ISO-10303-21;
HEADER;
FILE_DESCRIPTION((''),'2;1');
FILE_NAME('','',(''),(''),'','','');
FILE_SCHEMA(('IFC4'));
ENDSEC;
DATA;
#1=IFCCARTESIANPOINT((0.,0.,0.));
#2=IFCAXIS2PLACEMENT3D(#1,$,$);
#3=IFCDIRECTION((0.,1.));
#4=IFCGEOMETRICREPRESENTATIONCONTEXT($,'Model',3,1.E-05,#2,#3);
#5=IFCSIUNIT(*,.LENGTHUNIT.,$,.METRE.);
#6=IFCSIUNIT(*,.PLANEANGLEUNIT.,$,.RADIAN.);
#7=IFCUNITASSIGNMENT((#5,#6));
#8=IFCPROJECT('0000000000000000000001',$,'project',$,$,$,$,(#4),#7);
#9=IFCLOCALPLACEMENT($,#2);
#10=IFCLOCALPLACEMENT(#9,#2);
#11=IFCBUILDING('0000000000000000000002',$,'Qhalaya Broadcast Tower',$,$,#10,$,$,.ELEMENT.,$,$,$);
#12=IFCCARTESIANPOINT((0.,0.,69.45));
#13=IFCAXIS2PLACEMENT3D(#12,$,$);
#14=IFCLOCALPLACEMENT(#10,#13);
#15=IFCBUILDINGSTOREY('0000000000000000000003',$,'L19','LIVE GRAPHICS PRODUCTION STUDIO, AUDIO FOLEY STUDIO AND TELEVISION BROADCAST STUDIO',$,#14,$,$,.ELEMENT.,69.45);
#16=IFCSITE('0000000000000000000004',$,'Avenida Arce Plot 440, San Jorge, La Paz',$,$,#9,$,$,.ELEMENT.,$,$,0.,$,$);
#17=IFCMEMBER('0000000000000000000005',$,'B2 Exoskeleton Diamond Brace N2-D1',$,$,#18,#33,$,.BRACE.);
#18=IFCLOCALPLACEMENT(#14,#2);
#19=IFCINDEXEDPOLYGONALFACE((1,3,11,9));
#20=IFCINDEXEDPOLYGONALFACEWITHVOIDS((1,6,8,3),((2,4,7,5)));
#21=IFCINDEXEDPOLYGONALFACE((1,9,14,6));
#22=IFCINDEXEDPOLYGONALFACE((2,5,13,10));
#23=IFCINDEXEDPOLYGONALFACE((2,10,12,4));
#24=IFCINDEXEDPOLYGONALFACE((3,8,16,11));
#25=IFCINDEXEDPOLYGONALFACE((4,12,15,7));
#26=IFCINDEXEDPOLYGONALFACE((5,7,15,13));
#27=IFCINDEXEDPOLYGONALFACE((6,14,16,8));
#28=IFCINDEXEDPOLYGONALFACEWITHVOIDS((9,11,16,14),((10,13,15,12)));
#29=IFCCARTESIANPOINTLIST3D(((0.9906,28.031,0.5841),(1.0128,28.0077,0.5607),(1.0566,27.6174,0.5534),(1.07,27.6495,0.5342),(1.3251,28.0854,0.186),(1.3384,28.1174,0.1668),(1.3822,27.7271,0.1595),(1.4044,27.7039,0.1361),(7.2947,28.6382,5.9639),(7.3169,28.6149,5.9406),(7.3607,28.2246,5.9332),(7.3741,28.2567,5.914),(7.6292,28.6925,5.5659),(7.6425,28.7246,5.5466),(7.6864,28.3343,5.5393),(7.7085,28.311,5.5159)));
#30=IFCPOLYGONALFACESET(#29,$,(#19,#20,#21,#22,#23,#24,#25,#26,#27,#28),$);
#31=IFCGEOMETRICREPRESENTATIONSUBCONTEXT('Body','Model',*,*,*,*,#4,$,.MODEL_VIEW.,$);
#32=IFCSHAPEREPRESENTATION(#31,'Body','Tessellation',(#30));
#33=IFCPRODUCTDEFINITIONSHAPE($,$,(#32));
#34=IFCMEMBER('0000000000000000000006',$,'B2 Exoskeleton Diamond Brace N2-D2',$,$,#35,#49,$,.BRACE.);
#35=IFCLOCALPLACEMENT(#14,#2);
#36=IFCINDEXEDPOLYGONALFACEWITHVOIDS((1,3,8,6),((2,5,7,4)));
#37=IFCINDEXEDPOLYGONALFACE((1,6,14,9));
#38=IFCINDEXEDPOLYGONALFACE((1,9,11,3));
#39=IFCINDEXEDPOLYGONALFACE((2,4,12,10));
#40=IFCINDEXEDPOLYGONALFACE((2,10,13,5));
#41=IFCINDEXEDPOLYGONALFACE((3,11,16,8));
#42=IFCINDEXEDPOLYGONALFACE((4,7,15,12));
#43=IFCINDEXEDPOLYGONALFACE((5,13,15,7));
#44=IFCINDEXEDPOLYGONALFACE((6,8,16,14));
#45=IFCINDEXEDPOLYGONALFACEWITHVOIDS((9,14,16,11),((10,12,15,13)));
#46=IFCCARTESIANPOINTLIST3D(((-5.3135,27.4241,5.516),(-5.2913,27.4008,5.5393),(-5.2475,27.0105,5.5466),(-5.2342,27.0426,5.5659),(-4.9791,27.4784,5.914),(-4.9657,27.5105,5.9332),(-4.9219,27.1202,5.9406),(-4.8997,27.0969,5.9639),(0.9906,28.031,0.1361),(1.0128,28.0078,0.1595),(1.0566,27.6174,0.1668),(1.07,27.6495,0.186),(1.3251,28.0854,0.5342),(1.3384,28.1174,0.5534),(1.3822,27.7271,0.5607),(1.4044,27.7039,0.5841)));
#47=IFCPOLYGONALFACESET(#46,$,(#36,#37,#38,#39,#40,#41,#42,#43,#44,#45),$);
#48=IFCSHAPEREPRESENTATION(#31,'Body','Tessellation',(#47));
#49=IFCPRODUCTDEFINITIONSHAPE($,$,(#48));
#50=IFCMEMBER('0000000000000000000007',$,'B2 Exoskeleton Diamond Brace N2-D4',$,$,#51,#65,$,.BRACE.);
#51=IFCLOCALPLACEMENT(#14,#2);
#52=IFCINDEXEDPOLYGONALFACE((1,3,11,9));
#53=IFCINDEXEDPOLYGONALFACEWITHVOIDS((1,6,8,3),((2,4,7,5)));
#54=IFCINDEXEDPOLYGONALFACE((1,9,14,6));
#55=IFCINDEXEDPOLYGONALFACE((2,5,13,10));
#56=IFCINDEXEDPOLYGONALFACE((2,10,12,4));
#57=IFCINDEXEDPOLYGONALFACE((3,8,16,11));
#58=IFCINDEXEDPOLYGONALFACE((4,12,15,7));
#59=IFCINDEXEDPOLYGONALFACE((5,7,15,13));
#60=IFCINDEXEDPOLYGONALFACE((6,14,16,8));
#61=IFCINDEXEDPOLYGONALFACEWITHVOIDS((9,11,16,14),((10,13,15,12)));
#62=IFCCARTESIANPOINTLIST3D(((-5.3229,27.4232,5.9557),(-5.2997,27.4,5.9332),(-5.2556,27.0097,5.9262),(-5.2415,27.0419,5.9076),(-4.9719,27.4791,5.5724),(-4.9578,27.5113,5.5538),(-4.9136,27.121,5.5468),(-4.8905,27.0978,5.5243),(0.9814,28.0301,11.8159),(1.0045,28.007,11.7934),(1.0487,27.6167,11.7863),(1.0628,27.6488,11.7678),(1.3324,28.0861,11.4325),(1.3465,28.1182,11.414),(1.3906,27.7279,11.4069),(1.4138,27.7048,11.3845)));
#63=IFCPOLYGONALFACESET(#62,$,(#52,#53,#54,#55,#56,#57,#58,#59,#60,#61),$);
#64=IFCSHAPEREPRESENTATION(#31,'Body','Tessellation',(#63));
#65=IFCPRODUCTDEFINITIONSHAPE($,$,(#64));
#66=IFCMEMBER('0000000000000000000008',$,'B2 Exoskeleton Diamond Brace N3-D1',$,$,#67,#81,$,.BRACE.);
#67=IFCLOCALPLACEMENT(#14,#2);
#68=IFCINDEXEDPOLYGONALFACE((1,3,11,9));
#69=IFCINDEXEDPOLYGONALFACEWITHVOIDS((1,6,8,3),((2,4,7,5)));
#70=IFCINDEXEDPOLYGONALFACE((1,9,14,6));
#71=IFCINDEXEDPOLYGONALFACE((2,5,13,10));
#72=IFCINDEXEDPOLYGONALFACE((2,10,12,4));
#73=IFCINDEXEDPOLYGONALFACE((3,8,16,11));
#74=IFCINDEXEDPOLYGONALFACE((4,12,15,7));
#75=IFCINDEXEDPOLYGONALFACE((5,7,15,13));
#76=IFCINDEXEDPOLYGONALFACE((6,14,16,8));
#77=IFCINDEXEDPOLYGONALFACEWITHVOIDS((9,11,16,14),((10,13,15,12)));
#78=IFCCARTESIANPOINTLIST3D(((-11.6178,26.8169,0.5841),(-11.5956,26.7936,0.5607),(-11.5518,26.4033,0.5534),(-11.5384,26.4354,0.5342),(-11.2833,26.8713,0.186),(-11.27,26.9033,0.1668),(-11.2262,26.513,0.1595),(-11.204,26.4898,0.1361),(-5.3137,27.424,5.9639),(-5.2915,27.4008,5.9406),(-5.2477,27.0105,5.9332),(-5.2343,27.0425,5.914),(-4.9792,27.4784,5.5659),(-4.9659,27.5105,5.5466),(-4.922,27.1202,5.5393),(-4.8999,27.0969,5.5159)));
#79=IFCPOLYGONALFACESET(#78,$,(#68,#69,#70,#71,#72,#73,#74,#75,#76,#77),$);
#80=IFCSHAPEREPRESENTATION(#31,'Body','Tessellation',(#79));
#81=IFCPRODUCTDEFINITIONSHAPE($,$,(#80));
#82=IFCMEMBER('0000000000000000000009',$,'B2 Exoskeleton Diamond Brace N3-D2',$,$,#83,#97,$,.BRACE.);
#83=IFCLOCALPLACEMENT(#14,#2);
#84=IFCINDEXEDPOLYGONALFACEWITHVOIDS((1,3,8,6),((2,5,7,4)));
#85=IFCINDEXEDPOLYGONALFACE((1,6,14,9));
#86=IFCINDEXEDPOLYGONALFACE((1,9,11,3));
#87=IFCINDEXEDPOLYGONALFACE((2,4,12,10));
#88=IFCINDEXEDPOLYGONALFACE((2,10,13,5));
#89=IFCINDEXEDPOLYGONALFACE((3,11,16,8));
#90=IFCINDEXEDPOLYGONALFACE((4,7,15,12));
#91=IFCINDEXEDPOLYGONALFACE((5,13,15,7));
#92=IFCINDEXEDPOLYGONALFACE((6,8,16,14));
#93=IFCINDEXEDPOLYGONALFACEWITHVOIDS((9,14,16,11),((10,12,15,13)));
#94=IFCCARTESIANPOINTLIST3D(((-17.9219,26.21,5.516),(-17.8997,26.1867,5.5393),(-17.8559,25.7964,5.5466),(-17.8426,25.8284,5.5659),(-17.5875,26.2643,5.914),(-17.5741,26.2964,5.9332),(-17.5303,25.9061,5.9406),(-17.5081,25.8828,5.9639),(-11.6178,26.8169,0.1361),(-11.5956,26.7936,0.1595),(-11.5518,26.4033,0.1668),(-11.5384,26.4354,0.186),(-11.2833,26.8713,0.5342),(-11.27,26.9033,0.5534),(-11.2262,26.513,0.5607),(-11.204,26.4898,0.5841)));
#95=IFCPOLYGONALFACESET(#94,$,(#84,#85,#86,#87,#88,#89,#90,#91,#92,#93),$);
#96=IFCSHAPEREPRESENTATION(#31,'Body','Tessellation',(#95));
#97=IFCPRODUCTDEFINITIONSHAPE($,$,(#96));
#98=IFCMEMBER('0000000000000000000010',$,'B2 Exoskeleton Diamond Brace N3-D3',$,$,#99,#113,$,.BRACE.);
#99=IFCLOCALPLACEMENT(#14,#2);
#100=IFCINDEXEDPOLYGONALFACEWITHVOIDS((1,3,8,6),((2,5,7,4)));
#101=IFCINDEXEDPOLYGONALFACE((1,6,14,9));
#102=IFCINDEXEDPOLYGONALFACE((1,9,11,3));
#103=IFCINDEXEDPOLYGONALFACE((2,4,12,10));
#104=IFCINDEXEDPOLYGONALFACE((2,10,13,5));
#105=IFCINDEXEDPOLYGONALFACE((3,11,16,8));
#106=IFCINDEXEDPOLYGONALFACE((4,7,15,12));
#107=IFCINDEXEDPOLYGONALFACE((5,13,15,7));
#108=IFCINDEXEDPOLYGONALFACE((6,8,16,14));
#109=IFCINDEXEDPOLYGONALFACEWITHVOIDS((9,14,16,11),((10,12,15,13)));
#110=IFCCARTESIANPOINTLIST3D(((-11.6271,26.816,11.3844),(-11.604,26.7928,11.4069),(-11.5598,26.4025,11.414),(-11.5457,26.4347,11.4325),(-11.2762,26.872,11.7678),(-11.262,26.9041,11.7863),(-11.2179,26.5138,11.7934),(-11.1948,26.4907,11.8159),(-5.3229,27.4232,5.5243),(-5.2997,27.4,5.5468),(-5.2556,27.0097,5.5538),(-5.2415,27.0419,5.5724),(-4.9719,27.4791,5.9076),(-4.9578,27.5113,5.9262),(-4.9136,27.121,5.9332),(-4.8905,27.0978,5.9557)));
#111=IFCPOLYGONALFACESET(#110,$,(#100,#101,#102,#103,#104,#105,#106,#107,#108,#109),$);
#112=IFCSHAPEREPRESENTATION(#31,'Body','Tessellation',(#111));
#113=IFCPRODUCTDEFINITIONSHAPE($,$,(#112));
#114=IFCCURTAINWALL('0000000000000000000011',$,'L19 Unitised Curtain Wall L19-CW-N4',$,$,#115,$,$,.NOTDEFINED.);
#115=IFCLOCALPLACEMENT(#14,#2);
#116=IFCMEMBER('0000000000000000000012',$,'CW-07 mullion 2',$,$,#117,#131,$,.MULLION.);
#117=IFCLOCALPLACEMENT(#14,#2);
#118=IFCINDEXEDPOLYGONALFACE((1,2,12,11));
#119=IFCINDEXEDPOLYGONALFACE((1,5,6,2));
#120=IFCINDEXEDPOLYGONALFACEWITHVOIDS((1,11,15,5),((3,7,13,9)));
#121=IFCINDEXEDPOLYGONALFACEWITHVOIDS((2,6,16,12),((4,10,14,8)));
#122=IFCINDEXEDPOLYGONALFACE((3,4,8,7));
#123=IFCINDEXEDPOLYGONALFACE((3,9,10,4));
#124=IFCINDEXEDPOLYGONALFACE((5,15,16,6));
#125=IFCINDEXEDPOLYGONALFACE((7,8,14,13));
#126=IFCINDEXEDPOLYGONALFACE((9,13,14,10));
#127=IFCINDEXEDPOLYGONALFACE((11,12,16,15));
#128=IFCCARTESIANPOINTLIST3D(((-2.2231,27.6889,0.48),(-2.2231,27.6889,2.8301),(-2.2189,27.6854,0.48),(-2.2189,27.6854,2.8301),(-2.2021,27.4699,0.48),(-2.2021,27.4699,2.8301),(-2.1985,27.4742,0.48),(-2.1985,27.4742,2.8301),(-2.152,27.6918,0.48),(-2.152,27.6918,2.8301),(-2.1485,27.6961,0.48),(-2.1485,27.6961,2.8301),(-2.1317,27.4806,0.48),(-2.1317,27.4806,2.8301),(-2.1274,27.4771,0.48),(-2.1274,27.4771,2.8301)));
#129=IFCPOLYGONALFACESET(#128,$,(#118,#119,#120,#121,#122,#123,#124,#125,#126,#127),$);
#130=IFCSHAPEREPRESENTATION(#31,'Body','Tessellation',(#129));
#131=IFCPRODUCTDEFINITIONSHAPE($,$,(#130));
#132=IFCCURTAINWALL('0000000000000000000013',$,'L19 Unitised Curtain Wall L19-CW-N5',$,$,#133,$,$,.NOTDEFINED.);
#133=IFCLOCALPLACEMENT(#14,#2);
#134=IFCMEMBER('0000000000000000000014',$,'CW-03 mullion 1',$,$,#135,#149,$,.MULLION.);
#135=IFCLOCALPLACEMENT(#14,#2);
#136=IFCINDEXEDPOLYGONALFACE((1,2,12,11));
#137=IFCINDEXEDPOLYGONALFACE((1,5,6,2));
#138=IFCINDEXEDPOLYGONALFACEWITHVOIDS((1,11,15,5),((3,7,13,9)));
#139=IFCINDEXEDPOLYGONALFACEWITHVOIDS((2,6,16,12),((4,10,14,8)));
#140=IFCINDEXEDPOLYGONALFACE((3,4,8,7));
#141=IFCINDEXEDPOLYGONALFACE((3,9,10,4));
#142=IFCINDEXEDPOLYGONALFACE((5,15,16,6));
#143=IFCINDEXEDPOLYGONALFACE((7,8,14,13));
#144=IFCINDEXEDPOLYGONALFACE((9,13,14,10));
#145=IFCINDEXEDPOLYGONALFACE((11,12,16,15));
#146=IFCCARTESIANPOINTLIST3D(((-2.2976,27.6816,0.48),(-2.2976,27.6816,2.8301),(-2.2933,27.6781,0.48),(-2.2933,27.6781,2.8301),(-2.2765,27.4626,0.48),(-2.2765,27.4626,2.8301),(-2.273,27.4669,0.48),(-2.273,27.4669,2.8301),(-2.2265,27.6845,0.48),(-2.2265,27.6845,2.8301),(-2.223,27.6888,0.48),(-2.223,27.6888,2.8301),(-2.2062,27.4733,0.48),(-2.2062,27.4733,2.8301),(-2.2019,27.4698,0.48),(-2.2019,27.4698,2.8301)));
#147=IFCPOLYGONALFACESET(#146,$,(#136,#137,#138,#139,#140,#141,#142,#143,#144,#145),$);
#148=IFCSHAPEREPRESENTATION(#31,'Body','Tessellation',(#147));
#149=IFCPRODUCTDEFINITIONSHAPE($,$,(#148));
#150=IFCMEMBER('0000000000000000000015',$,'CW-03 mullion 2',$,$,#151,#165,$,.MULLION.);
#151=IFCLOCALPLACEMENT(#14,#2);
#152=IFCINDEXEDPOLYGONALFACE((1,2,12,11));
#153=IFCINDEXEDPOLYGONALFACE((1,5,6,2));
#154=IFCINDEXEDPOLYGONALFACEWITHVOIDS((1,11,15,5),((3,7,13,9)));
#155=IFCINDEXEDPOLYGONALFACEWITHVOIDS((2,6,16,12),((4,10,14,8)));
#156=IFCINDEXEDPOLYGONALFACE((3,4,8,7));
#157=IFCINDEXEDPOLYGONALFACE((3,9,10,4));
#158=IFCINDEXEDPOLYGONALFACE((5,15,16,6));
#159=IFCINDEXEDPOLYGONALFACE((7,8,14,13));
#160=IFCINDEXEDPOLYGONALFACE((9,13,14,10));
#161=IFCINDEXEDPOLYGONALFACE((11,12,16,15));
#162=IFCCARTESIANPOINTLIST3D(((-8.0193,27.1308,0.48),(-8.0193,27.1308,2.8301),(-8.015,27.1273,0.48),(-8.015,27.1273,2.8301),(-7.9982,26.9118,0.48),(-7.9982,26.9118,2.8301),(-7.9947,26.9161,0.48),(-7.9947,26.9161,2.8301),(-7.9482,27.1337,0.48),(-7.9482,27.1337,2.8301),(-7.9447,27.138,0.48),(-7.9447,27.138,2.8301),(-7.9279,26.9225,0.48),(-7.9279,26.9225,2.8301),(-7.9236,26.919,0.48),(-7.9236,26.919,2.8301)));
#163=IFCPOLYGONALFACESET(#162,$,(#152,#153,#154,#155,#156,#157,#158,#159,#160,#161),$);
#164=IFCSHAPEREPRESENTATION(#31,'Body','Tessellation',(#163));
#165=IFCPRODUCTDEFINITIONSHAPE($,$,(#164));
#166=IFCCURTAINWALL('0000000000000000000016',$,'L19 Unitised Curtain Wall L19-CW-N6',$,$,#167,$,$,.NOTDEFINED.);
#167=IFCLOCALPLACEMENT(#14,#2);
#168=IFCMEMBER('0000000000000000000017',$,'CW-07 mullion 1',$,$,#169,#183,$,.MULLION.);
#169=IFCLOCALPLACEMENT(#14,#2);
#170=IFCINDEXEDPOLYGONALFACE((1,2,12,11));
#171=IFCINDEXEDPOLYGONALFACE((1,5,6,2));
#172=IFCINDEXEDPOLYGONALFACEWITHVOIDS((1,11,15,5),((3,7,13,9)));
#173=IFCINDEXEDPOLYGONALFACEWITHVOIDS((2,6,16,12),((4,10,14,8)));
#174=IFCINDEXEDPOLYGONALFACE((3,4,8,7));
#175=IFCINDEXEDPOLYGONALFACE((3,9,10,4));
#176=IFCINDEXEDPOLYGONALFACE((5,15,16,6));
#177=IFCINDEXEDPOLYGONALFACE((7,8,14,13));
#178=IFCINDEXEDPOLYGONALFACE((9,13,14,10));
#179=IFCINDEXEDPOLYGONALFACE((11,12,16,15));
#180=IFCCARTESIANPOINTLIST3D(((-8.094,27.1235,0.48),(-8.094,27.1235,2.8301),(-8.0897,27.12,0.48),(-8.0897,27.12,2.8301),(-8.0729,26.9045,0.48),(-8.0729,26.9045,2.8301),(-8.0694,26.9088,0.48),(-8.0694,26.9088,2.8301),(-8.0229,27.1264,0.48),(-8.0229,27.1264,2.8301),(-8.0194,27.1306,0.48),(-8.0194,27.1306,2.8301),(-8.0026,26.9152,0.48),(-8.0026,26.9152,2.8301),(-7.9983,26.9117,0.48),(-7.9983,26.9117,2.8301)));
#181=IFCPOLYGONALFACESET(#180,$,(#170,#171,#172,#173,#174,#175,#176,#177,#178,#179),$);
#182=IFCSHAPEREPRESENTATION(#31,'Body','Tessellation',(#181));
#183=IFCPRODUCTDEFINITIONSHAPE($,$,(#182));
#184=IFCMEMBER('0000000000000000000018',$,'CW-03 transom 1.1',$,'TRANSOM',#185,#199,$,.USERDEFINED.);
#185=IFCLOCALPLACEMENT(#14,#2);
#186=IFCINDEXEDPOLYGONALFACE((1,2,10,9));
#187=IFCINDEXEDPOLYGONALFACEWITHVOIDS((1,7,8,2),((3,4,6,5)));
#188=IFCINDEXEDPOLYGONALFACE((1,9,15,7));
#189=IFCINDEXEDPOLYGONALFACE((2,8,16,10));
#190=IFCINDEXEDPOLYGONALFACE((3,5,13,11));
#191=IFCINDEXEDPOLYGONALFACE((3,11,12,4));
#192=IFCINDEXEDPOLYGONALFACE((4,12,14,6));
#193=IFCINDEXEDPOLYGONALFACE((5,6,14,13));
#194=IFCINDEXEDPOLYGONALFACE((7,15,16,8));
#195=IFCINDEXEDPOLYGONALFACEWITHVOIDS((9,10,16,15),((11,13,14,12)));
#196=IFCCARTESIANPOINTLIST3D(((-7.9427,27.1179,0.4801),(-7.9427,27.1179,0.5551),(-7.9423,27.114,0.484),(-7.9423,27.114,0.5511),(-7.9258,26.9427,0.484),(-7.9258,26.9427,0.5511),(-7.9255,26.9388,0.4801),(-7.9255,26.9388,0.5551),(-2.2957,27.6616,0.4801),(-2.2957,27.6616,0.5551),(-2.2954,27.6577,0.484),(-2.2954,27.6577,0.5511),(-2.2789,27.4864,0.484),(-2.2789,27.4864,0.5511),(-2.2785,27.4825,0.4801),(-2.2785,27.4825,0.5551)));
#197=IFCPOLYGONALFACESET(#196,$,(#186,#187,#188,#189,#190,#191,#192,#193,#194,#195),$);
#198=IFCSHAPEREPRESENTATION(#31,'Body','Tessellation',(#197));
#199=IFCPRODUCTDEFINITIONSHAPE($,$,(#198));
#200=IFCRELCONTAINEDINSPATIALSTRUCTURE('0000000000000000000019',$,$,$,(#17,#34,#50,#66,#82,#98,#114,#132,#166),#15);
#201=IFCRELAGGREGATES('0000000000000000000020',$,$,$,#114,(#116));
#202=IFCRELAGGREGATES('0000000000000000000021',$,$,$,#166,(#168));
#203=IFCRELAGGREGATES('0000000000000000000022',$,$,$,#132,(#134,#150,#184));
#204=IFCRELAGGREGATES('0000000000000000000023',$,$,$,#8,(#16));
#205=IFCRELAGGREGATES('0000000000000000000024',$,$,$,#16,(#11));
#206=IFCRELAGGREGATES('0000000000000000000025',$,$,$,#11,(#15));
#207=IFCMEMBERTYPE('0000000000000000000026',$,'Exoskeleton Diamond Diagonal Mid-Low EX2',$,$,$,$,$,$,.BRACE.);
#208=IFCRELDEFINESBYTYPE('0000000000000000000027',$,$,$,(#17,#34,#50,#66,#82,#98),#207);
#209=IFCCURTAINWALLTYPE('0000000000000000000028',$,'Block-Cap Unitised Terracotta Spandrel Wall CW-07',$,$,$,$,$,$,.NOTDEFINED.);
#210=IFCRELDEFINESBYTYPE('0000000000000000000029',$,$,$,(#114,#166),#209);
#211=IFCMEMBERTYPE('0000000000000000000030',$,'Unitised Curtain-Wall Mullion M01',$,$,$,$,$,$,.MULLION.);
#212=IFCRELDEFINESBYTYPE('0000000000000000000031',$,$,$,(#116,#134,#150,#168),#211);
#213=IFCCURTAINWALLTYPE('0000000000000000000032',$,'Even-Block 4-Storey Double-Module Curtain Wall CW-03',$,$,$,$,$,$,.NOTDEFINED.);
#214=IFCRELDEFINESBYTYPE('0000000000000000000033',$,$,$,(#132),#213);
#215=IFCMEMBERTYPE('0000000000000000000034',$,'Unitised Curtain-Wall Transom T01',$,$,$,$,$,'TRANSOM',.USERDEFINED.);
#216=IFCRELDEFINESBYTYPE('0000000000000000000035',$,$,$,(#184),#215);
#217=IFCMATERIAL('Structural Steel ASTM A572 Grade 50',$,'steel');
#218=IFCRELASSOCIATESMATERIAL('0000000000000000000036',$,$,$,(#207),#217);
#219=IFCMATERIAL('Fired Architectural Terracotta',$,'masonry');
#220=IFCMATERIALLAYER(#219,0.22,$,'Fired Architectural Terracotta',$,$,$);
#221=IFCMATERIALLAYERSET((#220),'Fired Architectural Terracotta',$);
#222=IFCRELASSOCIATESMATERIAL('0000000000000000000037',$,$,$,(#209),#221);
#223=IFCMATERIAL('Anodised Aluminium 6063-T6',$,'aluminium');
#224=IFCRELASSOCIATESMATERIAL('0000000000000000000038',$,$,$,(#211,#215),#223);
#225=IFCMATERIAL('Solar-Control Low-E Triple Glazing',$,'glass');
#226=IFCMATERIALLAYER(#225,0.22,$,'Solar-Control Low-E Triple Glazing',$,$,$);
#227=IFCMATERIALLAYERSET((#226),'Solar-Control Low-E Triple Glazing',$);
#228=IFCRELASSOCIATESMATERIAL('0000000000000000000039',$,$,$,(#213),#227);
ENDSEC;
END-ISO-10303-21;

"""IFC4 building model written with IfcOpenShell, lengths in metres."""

from ifc_helpers import new_model, si_unit, direction, frame, origin, origin_2d, place, context, subcontext, project, spatial, hollow_rectangle, extrude, material, layer, layer_set, material_profile, profile_set, type_object, element, aggregate, save


model = new_model("IFC4")

# Units and contexts
model_context = context("Model", 3, precision=1e-05, world=origin(), true_north=direction((0.0, 1.0)))
body_context = subcontext(model_context, "Body", "Model", "MODEL_VIEW")
ifc_project = project(units=[si_unit("LENGTHUNIT", "METRE"), si_unit("PLANEANGLEUNIT", "RADIAN")], contexts=[model_context])

# Site, building, storey
site_placement = place(None, origin())
site = spatial("IfcSite", under=ifc_project, at=site_placement, Name="Avenida Arce Plot 440, San Jorge, La Paz", CompositionType="ELEMENT", RefElevation=0.0)
building_placement = place(site_placement, origin())
building = spatial("IfcBuilding", under=site, at=building_placement, Name="Qhalaya Broadcast Tower", CompositionType="ELEMENT")
storey_placement = place(building_placement, frame((0.0, 0.0, 69.45)))
storey = spatial("IfcBuildingStorey", under=building, at=storey_placement, Name="L19", Description="LIVE GRAPHICS PRODUCTION STUDIO, AUDIO FOLEY STUDIO AND TELEVISION BROADCAST STUDIO", CompositionType="ELEMENT", Elevation=69.45)

# Members
ifc_material_1 = material(Name="Structural Steel ASTM A572 Grade 50", Category="steel")
ifc_material_profile_1 = material_profile(ifc_material_1, hollow_rectangle(XDim=0.4199, YDim=0.55, WallThickness=0.0281, at=origin_2d()), Name="BOX 420x550x28")
ifc_profile_set_1 = profile_set([ifc_material_profile_1], Name="Structural Steel ASTM A572 Grade 50")
member_type_1 = type_object("IfcMemberType", Name="Exoskeleton Diamond Diagonal Mid-Low EX2", PredefinedType="BRACE", material=ifc_profile_set_1)
for number, where, z_axis, x_axis, name in (
    (1, (1.1975, 27.8674, 0.3601), (0.758636, 0.073067, 0.647405), (-0.157193, 0.984862, 0.073048), "B2 Exoskeleton Diamond Brace N2-D1"),
    (2, (1.1975, 27.8674, 0.3601), (-0.758637, -0.073037, 0.647406), (0.157156, -0.984869, 0.073048), "B2 Exoskeleton Diamond Brace N2-D2"),
):
    element("IfcMember", number, at=place(storey_placement, frame(where, z_axis=z_axis, x_axis=x_axis)), inside=storey, type_object=member_type_1, Name=name, PredefinedType="BRACE", context=body_context, shape_type="SweptSolid", body=[
        extrude(hollow_rectangle(XDim=0.4199, YDim=0.55, WallThickness=0.0281, at=origin_2d()), origin(), (0.0, 0.0, 1.0), 8.3098),
    ])
member_1_placement = place(storey_placement, frame((-5.1067, 27.2605, 5.74), z_axis=(0.73062, 0.07034, 0.679152), x_axis=(-0.160184, 0.984577, 0.070351)))
element("IfcMember", 3, at=member_1_placement, inside=storey, type_object=member_type_1, Name="B2 Exoskeleton Diamond Brace N2-D4", PredefinedType="BRACE", context=body_context, shape_type="SweptSolid", body=[
    extrude(hollow_rectangle(XDim=0.4199, YDim=0.55, WallThickness=0.0281, at=origin_2d()), origin(), (0.0, 0.0, 1.0), 8.6287),
])
for number, where, z_axis, x_axis, name in (
    (4, (-11.4109, 26.6533, 0.3601), (0.758636, 0.073067, 0.647405), (-0.157193, 0.984862, 0.073048), "B2 Exoskeleton Diamond Brace N3-D1"),
    (5, (-11.4109, 26.6533, 0.3601), (-0.758637, -0.073037, 0.647406), (0.157156, -0.984869, 0.073048), "B2 Exoskeleton Diamond Brace N3-D2"),
):
    element("IfcMember", number, at=place(storey_placement, frame(where, z_axis=z_axis, x_axis=x_axis)), inside=storey, type_object=member_type_1, Name=name, PredefinedType="BRACE", context=body_context, shape_type="SweptSolid", body=[
        extrude(hollow_rectangle(XDim=0.4199, YDim=0.55, WallThickness=0.0281, at=origin_2d()), origin(), (0.0, 0.0, 1.0), 8.3098),
    ])
member_2_placement = place(storey_placement, frame((-5.1067, 27.2605, 5.74), z_axis=(-0.730618, -0.070368, 0.679151), x_axis=(0.160222, -0.984571, 0.070351)))
element("IfcMember", 6, at=member_2_placement, inside=storey, type_object=member_type_1, Name="B2 Exoskeleton Diamond Brace N3-D3", PredefinedType="BRACE", context=body_context, shape_type="SweptSolid", body=[
    extrude(hollow_rectangle(XDim=0.4199, YDim=0.55, WallThickness=0.0281, at=origin_2d()), origin(), (0.0, 0.0, 1.0), 8.6287),
])

# Curtain wall, member
ifc_material_2 = material(Name="Fired Architectural Terracotta", Category="masonry")
ifc_layer_1 = layer(ifc_material_2, 0.22, Name="Fired Architectural Terracotta")
ifc_layer_set_1 = layer_set([ifc_layer_1], Name="Fired Architectural Terracotta")
curtain_wall_type_1 = type_object("IfcCurtainWallType", Name="Block-Cap Unitised Terracotta Spandrel Wall CW-07", PredefinedType="NOTDEFINED", material=ifc_layer_set_1)
curtain_wall_1_placement = place(storey_placement, origin())
curtain_wall_1 = element("IfcCurtainWall", 7, at=curtain_wall_1_placement, inside=storey, type_object=curtain_wall_type_1, Name="L19 Unitised Curtain Wall L19-CW-N4", PredefinedType="NOTDEFINED")
ifc_material_3 = material(Name="Anodised Aluminium 6063-T6", Category="aluminium")
ifc_material_profile_2 = material_profile(ifc_material_3, hollow_rectangle(XDim=0.075, YDim=0.22, WallThickness=0.0039, at=origin_2d()), Name="ALU-MUL 75x220x4")
ifc_profile_set_2 = profile_set([ifc_material_profile_2], Name="Anodised Aluminium 6063-T6")
member_type_2 = type_object("IfcMemberType", Name="Unitised Curtain-Wall Mullion M01", PredefinedType="MULLION", material=ifc_profile_set_2)
member_3_placement = place(storey_placement, frame((-2.1753, 27.583, 0.48), z_axis=(0.0, 0.0, 1.0), x_axis=(-0.995396, -0.09585, 0.0)))
member_3 = element("IfcMember", 8, at=member_3_placement, type_object=member_type_2, Name="CW-07 mullion 2", PredefinedType="MULLION", context=body_context, shape_type="SweptSolid", body=[
    extrude(hollow_rectangle(XDim=0.075, YDim=0.22, WallThickness=0.0039, at=origin_2d()), origin(), (0.0, 0.0, 1.0), 2.3501),
])

# Curtain wall, members
ifc_material_4 = material(Name="Solar-Control Low-E Triple Glazing", Category="glass")
ifc_layer_2 = layer(ifc_material_4, 0.22, Name="Solar-Control Low-E Triple Glazing")
ifc_layer_set_2 = layer_set([ifc_layer_2], Name="Solar-Control Low-E Triple Glazing")
curtain_wall_type_2 = type_object("IfcCurtainWallType", Name="Even-Block 4-Storey Double-Module Curtain Wall CW-03", PredefinedType="NOTDEFINED", material=ifc_layer_set_2)
curtain_wall_2_placement = place(storey_placement, origin())
curtain_wall_2 = element("IfcCurtainWall", 9, at=curtain_wall_2_placement, inside=storey, type_object=curtain_wall_type_2, Name="L19 Unitised Curtain Wall L19-CW-N5", PredefinedType="NOTDEFINED")
member_4_placement = place(storey_placement, frame((-2.2498, 27.5757, 0.48), z_axis=(0.0, 0.0, 1.0), x_axis=(-0.995396, -0.095844, 0.0)))
member_4 = element("IfcMember", 10, at=member_4_placement, type_object=member_type_2, Name="CW-03 mullion 1", PredefinedType="MULLION", context=body_context, shape_type="SweptSolid", body=[
    extrude(hollow_rectangle(XDim=0.075, YDim=0.22, WallThickness=0.0039, at=origin_2d()), origin(), (0.0, 0.0, 1.0), 2.3501),
])
member_5_placement = place(storey_placement, frame((-7.9714, 27.0249, 0.48), z_axis=(0.0, 0.0, 1.0), x_axis=(-0.995396, -0.095844, 0.0)))
member_5 = element("IfcMember", 11, at=member_5_placement, type_object=member_type_2, Name="CW-03 mullion 2", PredefinedType="MULLION", context=body_context, shape_type="SweptSolid", body=[
    extrude(hollow_rectangle(XDim=0.075, YDim=0.22, WallThickness=0.0039, at=origin_2d()), origin(), (0.0, 0.0, 1.0), 2.3501),
])

# Curtain wall, member
curtain_wall_3_placement = place(storey_placement, origin())
curtain_wall_3 = element("IfcCurtainWall", 12, at=curtain_wall_3_placement, inside=storey, type_object=curtain_wall_type_1, Name="L19 Unitised Curtain Wall L19-CW-N6", PredefinedType="NOTDEFINED")
member_6_placement = place(storey_placement, frame((-8.0461, 27.0176, 0.48), z_axis=(0.0, 0.0, 1.0), x_axis=(-0.995396, -0.09585, 0.0)))
member_6 = element("IfcMember", 13, at=member_6_placement, type_object=member_type_2, Name="CW-07 mullion 1", PredefinedType="MULLION", context=body_context, shape_type="SweptSolid", body=[
    extrude(hollow_rectangle(XDim=0.075, YDim=0.22, WallThickness=0.0039, at=origin_2d()), origin(), (0.0, 0.0, 1.0), 2.3501),
])

# Member
ifc_material_profile_3 = material_profile(ifc_material_3, hollow_rectangle(XDim=0.075, YDim=0.1799, WallThickness=0.0039, at=origin_2d()), Name="ALU-TRN 75x180x4")
ifc_profile_set_3 = profile_set([ifc_material_profile_3], Name="Anodised Aluminium 6063-T6")
member_type_3 = type_object("IfcMemberType", Name="Unitised Curtain-Wall Transom T01", ElementType="TRANSOM", PredefinedType="USERDEFINED", material=ifc_profile_set_3)
member_7_placement = place(storey_placement, frame((-2.2871, 27.572, 0.5176), z_axis=(-0.995397, -0.095839, 0.0), x_axis=(0.0, 0.0, 1.0)))
member_7 = element("IfcMember", 14, at=member_7_placement, type_object=member_type_3, Name="CW-03 transom 1.1", ObjectType="TRANSOM", PredefinedType="USERDEFINED", context=body_context, shape_type="SweptSolid", body=[
    extrude(hollow_rectangle(XDim=0.075, YDim=0.1799, WallThickness=0.0039, at=origin_2d()), origin(), (0.0, 0.0, 1.0), 5.6731),
])

aggregate(curtain_wall_1, [member_3])
aggregate(curtain_wall_3, [member_6])
aggregate(curtain_wall_2, [member_4, member_5, member_7])

save(model, "model.ifc")
